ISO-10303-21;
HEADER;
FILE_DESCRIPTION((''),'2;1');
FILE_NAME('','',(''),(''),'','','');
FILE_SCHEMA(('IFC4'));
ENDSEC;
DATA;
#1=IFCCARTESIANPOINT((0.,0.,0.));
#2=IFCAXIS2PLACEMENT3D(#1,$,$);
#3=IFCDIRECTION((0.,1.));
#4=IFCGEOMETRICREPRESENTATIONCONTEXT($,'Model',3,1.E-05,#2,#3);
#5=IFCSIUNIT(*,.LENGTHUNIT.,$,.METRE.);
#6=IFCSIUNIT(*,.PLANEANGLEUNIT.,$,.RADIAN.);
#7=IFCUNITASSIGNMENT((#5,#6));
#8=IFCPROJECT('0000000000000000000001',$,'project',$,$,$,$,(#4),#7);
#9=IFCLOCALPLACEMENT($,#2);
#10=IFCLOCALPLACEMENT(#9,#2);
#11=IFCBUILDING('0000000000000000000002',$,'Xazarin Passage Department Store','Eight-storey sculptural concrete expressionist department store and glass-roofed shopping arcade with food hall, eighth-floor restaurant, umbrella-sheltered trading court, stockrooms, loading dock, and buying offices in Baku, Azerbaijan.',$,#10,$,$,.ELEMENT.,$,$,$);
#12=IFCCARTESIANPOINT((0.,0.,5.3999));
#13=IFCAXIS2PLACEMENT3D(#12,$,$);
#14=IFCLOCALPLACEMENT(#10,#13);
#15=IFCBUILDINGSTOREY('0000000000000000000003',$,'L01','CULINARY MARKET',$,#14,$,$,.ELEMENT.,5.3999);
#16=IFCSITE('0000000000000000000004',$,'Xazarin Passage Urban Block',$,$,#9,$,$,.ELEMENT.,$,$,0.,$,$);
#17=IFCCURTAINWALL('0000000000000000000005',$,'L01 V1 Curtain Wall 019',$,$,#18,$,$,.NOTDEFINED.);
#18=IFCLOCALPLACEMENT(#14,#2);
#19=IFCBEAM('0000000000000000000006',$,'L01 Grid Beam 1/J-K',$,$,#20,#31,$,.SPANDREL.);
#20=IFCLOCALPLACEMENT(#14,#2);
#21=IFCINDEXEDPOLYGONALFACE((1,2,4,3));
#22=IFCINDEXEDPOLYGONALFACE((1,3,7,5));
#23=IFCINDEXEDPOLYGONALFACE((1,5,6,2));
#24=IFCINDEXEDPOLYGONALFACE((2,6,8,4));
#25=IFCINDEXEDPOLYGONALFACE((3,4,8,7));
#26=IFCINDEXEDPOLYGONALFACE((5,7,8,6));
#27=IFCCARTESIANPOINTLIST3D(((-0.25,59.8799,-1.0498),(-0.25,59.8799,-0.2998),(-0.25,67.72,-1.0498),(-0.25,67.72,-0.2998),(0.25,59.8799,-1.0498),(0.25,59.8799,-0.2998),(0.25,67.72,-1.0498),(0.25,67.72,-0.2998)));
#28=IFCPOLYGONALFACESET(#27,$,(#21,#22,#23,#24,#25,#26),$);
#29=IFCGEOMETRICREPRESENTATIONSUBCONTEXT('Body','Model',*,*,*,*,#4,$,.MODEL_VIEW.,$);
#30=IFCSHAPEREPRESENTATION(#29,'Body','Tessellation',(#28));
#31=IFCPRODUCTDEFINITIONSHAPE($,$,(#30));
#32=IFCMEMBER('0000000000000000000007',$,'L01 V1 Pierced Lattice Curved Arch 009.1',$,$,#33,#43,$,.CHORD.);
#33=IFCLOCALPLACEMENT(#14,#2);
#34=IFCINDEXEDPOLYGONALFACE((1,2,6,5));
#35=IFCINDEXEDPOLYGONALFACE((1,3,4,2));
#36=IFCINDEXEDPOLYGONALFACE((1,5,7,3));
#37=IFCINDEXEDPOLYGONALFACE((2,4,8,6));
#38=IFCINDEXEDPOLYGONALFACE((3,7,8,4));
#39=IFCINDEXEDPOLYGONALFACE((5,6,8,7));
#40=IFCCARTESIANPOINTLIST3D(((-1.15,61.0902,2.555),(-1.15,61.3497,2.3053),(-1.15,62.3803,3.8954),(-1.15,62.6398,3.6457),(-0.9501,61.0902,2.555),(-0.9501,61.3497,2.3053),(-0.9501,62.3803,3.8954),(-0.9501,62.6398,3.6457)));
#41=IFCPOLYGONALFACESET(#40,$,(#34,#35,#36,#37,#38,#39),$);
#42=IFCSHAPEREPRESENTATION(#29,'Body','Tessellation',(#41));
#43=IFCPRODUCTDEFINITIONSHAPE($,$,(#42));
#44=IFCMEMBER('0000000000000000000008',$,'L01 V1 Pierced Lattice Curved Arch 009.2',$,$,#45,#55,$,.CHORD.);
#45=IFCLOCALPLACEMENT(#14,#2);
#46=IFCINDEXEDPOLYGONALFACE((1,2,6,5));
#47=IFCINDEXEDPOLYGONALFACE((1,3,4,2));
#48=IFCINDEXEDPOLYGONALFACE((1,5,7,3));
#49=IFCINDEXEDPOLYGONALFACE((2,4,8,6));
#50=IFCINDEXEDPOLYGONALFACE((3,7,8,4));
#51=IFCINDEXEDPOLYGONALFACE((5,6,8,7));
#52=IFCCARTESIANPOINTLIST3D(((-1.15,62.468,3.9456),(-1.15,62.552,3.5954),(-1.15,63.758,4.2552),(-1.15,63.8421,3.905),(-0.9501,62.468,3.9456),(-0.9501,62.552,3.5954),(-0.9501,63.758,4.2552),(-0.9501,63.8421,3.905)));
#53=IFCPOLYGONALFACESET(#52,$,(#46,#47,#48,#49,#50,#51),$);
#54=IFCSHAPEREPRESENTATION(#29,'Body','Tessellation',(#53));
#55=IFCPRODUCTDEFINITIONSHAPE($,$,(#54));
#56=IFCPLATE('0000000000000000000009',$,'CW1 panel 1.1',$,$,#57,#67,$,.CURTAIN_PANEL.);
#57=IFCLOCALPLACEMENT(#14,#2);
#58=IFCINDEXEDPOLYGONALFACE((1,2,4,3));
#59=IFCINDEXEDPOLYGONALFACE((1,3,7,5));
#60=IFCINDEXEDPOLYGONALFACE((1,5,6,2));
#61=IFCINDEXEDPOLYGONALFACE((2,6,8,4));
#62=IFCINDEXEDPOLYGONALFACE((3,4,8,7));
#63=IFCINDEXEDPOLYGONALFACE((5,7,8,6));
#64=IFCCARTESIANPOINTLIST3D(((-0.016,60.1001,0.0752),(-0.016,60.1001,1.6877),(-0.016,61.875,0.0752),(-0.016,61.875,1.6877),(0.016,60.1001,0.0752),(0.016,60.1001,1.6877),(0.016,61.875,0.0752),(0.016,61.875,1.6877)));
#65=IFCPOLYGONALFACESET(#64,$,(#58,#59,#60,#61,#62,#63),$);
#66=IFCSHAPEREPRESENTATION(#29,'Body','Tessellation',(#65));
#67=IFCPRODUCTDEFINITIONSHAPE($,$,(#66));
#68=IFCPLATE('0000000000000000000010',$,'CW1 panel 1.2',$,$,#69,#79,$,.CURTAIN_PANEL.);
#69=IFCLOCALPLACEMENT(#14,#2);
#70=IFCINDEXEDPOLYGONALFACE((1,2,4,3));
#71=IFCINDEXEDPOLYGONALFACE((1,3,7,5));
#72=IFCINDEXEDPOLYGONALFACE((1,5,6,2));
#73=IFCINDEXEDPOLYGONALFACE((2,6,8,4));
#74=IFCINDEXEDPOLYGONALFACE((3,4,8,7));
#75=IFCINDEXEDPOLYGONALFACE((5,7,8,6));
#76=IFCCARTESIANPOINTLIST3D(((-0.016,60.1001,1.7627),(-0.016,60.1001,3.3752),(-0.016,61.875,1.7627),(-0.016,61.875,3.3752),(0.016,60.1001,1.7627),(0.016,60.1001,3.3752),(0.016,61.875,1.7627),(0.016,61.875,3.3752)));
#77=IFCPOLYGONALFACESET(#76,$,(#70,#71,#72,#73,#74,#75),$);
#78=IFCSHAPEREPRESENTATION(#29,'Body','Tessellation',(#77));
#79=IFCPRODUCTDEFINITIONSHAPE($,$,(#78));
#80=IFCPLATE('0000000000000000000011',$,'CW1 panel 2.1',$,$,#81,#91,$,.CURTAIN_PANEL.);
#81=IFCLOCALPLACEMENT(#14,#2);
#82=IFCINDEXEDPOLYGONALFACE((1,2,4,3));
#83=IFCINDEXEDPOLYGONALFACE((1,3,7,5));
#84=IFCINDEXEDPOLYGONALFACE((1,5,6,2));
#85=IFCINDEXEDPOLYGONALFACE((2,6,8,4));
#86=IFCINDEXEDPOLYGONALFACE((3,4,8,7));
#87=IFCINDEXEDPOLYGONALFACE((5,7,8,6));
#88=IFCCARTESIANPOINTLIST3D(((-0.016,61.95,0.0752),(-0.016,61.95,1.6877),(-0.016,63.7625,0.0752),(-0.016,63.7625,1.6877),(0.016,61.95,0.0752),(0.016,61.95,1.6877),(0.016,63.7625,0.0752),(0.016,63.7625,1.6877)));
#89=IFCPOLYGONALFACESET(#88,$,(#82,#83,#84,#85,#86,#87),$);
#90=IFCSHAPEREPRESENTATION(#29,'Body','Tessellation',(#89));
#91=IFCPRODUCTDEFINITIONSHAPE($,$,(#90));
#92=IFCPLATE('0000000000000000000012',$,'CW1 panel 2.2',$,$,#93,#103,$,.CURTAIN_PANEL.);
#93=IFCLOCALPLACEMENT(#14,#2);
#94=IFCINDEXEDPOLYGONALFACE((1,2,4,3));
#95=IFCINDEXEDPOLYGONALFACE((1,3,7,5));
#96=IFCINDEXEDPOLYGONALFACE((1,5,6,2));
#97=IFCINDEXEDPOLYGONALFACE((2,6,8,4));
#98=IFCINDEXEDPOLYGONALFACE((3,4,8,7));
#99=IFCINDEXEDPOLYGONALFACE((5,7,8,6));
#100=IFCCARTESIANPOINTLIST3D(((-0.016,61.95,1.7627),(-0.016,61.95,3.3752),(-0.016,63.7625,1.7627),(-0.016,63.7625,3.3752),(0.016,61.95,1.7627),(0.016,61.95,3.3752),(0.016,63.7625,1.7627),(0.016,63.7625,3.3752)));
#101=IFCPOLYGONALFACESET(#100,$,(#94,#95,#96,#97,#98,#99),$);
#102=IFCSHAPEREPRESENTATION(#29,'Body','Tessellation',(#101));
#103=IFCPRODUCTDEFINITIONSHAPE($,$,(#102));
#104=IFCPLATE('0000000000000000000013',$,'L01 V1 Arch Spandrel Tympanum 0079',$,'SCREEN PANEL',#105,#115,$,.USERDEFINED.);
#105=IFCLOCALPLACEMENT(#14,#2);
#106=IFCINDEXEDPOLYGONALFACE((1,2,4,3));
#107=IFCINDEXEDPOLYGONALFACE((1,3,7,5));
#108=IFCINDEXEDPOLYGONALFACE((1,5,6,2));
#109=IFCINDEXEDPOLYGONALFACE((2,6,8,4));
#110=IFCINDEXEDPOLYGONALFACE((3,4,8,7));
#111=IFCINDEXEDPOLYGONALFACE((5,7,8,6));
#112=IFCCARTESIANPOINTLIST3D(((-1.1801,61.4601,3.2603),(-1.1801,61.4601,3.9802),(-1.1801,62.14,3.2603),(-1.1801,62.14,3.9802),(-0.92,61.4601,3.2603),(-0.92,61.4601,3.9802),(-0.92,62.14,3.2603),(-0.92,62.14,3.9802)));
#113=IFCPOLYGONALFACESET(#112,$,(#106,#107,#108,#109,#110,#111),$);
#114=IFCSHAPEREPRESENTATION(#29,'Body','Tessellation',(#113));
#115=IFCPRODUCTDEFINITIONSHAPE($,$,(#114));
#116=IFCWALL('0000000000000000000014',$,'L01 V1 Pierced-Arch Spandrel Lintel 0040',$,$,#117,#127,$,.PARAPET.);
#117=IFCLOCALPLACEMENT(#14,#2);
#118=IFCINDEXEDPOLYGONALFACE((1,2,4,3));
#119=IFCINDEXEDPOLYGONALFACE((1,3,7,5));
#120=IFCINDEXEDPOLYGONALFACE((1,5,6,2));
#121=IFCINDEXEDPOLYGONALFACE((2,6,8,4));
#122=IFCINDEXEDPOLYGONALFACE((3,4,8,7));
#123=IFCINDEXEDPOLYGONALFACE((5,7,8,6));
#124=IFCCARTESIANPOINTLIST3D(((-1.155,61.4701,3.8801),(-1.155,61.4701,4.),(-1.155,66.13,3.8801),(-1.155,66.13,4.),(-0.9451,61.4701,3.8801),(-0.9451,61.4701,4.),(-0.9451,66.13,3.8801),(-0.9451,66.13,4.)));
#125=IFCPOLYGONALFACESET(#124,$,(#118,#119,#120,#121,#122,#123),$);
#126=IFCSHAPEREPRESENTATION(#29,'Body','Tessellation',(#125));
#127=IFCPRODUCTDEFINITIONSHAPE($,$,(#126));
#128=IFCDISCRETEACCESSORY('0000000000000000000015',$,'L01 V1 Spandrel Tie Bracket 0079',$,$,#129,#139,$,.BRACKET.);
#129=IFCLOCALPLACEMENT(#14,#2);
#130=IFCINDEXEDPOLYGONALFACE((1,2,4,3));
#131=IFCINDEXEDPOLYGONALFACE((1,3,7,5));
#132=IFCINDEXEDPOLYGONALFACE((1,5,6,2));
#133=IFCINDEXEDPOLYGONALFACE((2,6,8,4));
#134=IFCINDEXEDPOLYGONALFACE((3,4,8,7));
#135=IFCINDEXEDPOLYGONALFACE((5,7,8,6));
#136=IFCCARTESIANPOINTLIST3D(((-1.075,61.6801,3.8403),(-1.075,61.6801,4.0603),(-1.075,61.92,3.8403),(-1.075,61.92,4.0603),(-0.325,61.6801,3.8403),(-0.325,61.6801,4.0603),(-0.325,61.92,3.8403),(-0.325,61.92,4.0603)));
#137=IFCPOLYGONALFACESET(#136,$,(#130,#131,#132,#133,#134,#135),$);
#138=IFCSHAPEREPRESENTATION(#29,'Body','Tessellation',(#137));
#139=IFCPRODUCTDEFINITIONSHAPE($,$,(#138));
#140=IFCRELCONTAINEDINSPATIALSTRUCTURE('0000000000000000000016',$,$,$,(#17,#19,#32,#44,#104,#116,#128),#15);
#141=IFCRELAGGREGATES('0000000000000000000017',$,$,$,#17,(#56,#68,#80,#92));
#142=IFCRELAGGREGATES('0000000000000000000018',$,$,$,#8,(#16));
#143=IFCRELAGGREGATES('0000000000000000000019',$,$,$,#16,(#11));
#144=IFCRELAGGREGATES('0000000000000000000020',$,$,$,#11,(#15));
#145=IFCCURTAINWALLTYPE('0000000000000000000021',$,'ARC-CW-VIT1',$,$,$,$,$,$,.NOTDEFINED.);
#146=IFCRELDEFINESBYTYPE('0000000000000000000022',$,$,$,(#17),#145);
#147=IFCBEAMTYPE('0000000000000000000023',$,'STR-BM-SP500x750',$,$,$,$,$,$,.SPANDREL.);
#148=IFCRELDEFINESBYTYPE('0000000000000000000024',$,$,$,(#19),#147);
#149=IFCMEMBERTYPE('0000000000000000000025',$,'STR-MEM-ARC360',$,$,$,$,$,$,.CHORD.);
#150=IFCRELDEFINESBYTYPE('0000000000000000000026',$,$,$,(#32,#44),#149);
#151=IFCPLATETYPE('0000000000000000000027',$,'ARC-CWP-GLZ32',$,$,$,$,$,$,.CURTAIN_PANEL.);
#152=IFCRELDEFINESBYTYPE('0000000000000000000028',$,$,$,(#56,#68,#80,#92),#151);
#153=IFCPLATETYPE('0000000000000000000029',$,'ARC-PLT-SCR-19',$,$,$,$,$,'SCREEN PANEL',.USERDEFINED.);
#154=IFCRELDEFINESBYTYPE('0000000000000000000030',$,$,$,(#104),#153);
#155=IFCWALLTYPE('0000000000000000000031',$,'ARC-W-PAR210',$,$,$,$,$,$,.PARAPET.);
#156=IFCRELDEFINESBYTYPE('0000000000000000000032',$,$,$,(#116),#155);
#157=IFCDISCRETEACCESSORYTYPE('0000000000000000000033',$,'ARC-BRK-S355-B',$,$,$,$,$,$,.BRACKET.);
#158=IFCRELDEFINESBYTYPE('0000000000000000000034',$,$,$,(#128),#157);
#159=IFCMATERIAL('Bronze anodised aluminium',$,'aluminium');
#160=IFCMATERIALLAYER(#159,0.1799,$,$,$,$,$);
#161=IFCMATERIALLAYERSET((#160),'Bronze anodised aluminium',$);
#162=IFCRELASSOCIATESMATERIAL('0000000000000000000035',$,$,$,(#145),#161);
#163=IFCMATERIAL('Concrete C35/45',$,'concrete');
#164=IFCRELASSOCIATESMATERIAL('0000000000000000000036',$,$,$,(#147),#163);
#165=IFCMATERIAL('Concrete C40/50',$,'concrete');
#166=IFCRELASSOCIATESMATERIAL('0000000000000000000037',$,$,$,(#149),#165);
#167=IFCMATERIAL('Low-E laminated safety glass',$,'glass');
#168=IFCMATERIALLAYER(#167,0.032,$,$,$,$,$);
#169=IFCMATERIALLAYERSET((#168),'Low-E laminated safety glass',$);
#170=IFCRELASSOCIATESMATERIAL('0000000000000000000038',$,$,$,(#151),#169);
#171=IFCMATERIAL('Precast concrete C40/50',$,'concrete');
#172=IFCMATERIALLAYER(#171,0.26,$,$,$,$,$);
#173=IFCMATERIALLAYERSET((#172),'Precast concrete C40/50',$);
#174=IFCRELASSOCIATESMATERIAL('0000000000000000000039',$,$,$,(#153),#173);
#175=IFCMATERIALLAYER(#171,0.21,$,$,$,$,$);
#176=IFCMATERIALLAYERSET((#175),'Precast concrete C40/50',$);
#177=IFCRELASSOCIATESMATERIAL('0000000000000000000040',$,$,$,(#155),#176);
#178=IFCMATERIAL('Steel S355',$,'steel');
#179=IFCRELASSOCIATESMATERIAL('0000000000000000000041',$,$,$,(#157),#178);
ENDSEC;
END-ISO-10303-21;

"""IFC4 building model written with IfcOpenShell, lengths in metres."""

from ifc_helpers import new_model, si_unit, direction, frame, frame_2d, origin, origin_2d, place, context, subcontext, project, spatial, rectangle, extrude, material, layer, layer_set, material_profile, profile_set, type_object, element, aggregate, save


model = new_model("IFC4")

# Units and contexts
model_context = context("Model", 3, precision=1e-05, world=origin(), true_north=direction((0.0, 1.0)))
body_context = subcontext(model_context, "Body", "Model", "MODEL_VIEW")
ifc_project = project(units=[si_unit("LENGTHUNIT", "METRE"), si_unit("PLANEANGLEUNIT", "RADIAN")], contexts=[model_context])

# Site, building, storey
site_placement = place(None, origin())
site = spatial("IfcSite", under=ifc_project, at=site_placement, Name="Xazarin Passage Urban Block", CompositionType="ELEMENT", RefElevation=0.0)
building_placement = place(site_placement, origin())
building = spatial("IfcBuilding", under=site, at=building_placement, Name="Xazarin Passage Department Store", Description="Eight-storey sculptural concrete expressionist department store and glass-roofed shopping arcade with food hall, eighth-floor restaurant, umbrella-sheltered trading court, stockrooms, loading dock, and buying offices in Baku, Azerbaijan.", CompositionType="ELEMENT")
storey_placement = place(building_placement, frame((0.0, 0.0, 5.3999)))
storey = spatial("IfcBuildingStorey", under=building, at=storey_placement, Name="L01", Description="CULINARY MARKET", CompositionType="ELEMENT", Elevation=5.3999)

# Shared definitions
ifc_material_1 = material(Name="Concrete C40/50", Category="concrete")

# Curtain wall
ifc_material_2 = material(Name="Bronze anodised aluminium", Category="aluminium")
ifc_layer_1 = layer(ifc_material_2, 0.1799)
ifc_layer_set_1 = layer_set([ifc_layer_1], Name="Bronze anodised aluminium")
curtain_wall_type = type_object("IfcCurtainWallType", Name="ARC-CW-VIT1", PredefinedType="NOTDEFINED", material=ifc_layer_set_1)
curtain_wall_placement = place(storey_placement, origin())
curtain_wall = element("IfcCurtainWall", 1, at=curtain_wall_placement, inside=storey, type_object=curtain_wall_type, Name="L01 V1 Curtain Wall 019", PredefinedType="NOTDEFINED")

# Beam
ifc_material_3 = material(Name="Concrete C35/45", Category="concrete")
ifc_material_profile_1 = material_profile(ifc_material_3, rectangle(XDim=0.5, YDim=0.75, at=origin_2d()), Name="RC 500x750")
ifc_profile_set_1 = profile_set([ifc_material_profile_1], Name="Concrete C35/45")
beam_type_1 = type_object("IfcBeamType", Name="STR-BM-SP500x750", PredefinedType="SPANDREL", material=ifc_profile_set_1)
beam_1_placement = place(storey_placement, frame((0.0, 59.8799, -0.6748), z_axis=(0.0, 1.0, 0.0), x_axis=(-1.0, 0.0, 0.0)))
element("IfcBeam", 2, at=beam_1_placement, inside=storey, type_object=beam_type_1, Name="L01 Grid Beam 1/J-K", PredefinedType="SPANDREL", context=body_context, shape_type="SweptSolid", body=[
    extrude(rectangle(XDim=0.5, YDim=0.75, at=origin_2d()), origin(), (0.0, 0.0, 1.0), 7.8401),
])

# Members
ifc_material_profile_2 = material_profile(ifc_material_1, rectangle(XDim=0.2, YDim=0.3601, at=origin_2d()), Name="RC 200x360")
ifc_profile_set_2 = profile_set([ifc_material_profile_2], Name="Concrete C40/50")
member_type_1 = type_object("IfcMemberType", Name="STR-MEM-ARC360", PredefinedType="CHORD", material=ifc_profile_set_2)
member_1_placement = place(storey_placement, frame((-1.05, 61.22, 2.4302), z_axis=(0.0, 0.69346, 0.720495), x_axis=(-1.0, 0.0, 0.0)))
element("IfcMember", 3, at=member_1_placement, inside=storey, type_object=member_type_1, Name="L01 V1 Pierced Lattice Curved Arch 009.1", PredefinedType="CHORD", context=body_context, shape_type="SweptSolid", body=[
    extrude(rectangle(XDim=0.2, YDim=0.3601, at=origin_2d()), origin(), (0.0, 0.0, 1.0), 1.8604),
])
member_2_placement = place(storey_placement, frame((-1.05, 62.51, 3.7705), z_axis=(0.0, 0.972394, 0.233345), x_axis=(-1.0, 0.0, 0.0)))
element("IfcMember", 4, at=member_2_placement, inside=storey, type_object=member_type_1, Name="L01 V1 Pierced Lattice Curved Arch 009.2", PredefinedType="CHORD", context=body_context, shape_type="SweptSolid", body=[
    extrude(rectangle(XDim=0.2, YDim=0.3601, at=origin_2d()), origin(), (0.0, 0.0, 1.0), 1.3267),
])

# Plates
ifc_material_4 = material(Name="Low-E laminated safety glass", Category="glass")
ifc_layer_2 = layer(ifc_material_4, 0.032)
ifc_layer_set_2 = layer_set([ifc_layer_2], Name="Low-E laminated safety glass")
plate_type_1 = type_object("IfcPlateType", Name="ARC-CWP-GLZ32", PredefinedType="CURTAIN_PANEL", material=ifc_layer_set_2)
plate_1_placement = place(storey_placement, frame((0.0, 60.9875, 0.0752), z_axis=(0.0, 0.0, 1.0), x_axis=(0.0, 1.0, 0.0)))
plate_1 = element("IfcPlate", 5, at=plate_1_placement, type_object=plate_type_1, Name="CW1 panel 1.1", PredefinedType="CURTAIN_PANEL", context=body_context, shape_type="SweptSolid", body=[
    extrude(rectangle(XDim=1.7749, YDim=0.032, at=origin_2d()), origin(), (0.0, 0.0, 1.0), 1.6125),
])
plate_2_placement = place(storey_placement, frame((0.0, 60.9875, 1.7627), z_axis=(0.0, 0.0, 1.0), x_axis=(0.0, 1.0, 0.0)))
plate_2 = element("IfcPlate", 6, at=plate_2_placement, type_object=plate_type_1, Name="CW1 panel 1.2", PredefinedType="CURTAIN_PANEL", context=body_context, shape_type="SweptSolid", body=[
    extrude(rectangle(XDim=1.7749, YDim=0.032, at=origin_2d()), origin(), (0.0, 0.0, 1.0), 1.6125),
])
plate_3_placement = place(storey_placement, frame((0.0, 62.8562, 0.0752), z_axis=(0.0, 0.0, 1.0), x_axis=(0.0, 1.0, 0.0)))
plate_3 = element("IfcPlate", 7, at=plate_3_placement, type_object=plate_type_1, Name="CW1 panel 2.1", PredefinedType="CURTAIN_PANEL", context=body_context, shape_type="SweptSolid", body=[
    extrude(rectangle(XDim=1.8125, YDim=0.032, at=origin_2d()), origin(), (0.0, 0.0, 1.0), 1.6125),
])
plate_4_placement = place(storey_placement, frame((0.0, 62.8562, 1.7627), z_axis=(0.0, 0.0, 1.0), x_axis=(0.0, 1.0, 0.0)))
plate_4 = element("IfcPlate", 8, at=plate_4_placement, type_object=plate_type_1, Name="CW1 panel 2.2", PredefinedType="CURTAIN_PANEL", context=body_context, shape_type="SweptSolid", body=[
    extrude(rectangle(XDim=1.8125, YDim=0.032, at=origin_2d()), origin(), (0.0, 0.0, 1.0), 1.6125),
])
aggregate(curtain_wall, [plate_1, plate_2, plate_3, plate_4])
ifc_material_5 = material(Name="Precast concrete C40/50", Category="concrete")
ifc_layer_3 = layer(ifc_material_5, 0.26)
ifc_layer_set_3 = layer_set([ifc_layer_3], Name="Precast concrete C40/50")
plate_type_2 = type_object("IfcPlateType", Name="ARC-PLT-SCR-19", ElementType="SCREEN PANEL", PredefinedType="USERDEFINED", material=ifc_layer_set_3)
plate_5_placement = place(storey_placement, frame((-1.05, 61.8, 3.2603), z_axis=(0.0, 0.0, 1.0), x_axis=(0.0, 1.0, 0.0)))
element("IfcPlate", 9, at=plate_5_placement, inside=storey, type_object=plate_type_2, Name="L01 V1 Arch Spandrel Tympanum 0079", ObjectType="SCREEN PANEL", PredefinedType="USERDEFINED", context=body_context, shape_type="SweptSolid", body=[
    extrude(rectangle(XDim=0.6799, YDim=0.26, at=origin_2d()), origin(), (0.0, 0.0, 1.0), 0.72),
])

# Wall
ifc_layer_4 = layer(ifc_material_5, 0.21)
ifc_layer_set_4 = layer_set([ifc_layer_4], Name="Precast concrete C40/50")
wall_type = type_object("IfcWallType", Name="ARC-W-PAR210", PredefinedType="PARAPET", material=ifc_layer_set_4)
wall_placement = place(storey_placement, frame((-1.05, 61.47, 3.8801), z_axis=(0.0, 0.0, 1.0), x_axis=(0.0, 1.0, 0.0)))
element("IfcWall", 10, at=wall_placement, inside=storey, type_object=wall_type, Name="L01 V1 Pierced-Arch Spandrel Lintel 0040", PredefinedType="PARAPET", context=body_context, shape_type="SweptSolid", body=[
    extrude(rectangle(XDim=4.6599, YDim=0.21, at=frame_2d((2.3301, 0.0))), origin(), (0.0, 0.0, 1.0), 0.1199),
])

# Discrete accessory
ifc_material_6 = material(Name="Steel S355", Category="steel")
discrete_accessory_type = type_object("IfcDiscreteAccessoryType", Name="ARC-BRK-S355-B", PredefinedType="BRACKET", material=ifc_material_6)
discrete_accessory_placement = place(storey_placement, frame((-0.7, 61.8, 3.8403), z_axis=(0.0, 0.0, 1.0), x_axis=(0.0, 1.0, 0.0)))
element("IfcDiscreteAccessory", 11, at=discrete_accessory_placement, inside=storey, type_object=discrete_accessory_type, Name="L01 V1 Spandrel Tie Bracket 0079", PredefinedType="BRACKET", context=body_context, shape_type="SweptSolid", body=[
    extrude(rectangle(XDim=0.24, YDim=0.75, at=origin_2d()), origin(), (0.0, 0.0, 1.0), 0.22),
])

save(model, "model.ifc")
